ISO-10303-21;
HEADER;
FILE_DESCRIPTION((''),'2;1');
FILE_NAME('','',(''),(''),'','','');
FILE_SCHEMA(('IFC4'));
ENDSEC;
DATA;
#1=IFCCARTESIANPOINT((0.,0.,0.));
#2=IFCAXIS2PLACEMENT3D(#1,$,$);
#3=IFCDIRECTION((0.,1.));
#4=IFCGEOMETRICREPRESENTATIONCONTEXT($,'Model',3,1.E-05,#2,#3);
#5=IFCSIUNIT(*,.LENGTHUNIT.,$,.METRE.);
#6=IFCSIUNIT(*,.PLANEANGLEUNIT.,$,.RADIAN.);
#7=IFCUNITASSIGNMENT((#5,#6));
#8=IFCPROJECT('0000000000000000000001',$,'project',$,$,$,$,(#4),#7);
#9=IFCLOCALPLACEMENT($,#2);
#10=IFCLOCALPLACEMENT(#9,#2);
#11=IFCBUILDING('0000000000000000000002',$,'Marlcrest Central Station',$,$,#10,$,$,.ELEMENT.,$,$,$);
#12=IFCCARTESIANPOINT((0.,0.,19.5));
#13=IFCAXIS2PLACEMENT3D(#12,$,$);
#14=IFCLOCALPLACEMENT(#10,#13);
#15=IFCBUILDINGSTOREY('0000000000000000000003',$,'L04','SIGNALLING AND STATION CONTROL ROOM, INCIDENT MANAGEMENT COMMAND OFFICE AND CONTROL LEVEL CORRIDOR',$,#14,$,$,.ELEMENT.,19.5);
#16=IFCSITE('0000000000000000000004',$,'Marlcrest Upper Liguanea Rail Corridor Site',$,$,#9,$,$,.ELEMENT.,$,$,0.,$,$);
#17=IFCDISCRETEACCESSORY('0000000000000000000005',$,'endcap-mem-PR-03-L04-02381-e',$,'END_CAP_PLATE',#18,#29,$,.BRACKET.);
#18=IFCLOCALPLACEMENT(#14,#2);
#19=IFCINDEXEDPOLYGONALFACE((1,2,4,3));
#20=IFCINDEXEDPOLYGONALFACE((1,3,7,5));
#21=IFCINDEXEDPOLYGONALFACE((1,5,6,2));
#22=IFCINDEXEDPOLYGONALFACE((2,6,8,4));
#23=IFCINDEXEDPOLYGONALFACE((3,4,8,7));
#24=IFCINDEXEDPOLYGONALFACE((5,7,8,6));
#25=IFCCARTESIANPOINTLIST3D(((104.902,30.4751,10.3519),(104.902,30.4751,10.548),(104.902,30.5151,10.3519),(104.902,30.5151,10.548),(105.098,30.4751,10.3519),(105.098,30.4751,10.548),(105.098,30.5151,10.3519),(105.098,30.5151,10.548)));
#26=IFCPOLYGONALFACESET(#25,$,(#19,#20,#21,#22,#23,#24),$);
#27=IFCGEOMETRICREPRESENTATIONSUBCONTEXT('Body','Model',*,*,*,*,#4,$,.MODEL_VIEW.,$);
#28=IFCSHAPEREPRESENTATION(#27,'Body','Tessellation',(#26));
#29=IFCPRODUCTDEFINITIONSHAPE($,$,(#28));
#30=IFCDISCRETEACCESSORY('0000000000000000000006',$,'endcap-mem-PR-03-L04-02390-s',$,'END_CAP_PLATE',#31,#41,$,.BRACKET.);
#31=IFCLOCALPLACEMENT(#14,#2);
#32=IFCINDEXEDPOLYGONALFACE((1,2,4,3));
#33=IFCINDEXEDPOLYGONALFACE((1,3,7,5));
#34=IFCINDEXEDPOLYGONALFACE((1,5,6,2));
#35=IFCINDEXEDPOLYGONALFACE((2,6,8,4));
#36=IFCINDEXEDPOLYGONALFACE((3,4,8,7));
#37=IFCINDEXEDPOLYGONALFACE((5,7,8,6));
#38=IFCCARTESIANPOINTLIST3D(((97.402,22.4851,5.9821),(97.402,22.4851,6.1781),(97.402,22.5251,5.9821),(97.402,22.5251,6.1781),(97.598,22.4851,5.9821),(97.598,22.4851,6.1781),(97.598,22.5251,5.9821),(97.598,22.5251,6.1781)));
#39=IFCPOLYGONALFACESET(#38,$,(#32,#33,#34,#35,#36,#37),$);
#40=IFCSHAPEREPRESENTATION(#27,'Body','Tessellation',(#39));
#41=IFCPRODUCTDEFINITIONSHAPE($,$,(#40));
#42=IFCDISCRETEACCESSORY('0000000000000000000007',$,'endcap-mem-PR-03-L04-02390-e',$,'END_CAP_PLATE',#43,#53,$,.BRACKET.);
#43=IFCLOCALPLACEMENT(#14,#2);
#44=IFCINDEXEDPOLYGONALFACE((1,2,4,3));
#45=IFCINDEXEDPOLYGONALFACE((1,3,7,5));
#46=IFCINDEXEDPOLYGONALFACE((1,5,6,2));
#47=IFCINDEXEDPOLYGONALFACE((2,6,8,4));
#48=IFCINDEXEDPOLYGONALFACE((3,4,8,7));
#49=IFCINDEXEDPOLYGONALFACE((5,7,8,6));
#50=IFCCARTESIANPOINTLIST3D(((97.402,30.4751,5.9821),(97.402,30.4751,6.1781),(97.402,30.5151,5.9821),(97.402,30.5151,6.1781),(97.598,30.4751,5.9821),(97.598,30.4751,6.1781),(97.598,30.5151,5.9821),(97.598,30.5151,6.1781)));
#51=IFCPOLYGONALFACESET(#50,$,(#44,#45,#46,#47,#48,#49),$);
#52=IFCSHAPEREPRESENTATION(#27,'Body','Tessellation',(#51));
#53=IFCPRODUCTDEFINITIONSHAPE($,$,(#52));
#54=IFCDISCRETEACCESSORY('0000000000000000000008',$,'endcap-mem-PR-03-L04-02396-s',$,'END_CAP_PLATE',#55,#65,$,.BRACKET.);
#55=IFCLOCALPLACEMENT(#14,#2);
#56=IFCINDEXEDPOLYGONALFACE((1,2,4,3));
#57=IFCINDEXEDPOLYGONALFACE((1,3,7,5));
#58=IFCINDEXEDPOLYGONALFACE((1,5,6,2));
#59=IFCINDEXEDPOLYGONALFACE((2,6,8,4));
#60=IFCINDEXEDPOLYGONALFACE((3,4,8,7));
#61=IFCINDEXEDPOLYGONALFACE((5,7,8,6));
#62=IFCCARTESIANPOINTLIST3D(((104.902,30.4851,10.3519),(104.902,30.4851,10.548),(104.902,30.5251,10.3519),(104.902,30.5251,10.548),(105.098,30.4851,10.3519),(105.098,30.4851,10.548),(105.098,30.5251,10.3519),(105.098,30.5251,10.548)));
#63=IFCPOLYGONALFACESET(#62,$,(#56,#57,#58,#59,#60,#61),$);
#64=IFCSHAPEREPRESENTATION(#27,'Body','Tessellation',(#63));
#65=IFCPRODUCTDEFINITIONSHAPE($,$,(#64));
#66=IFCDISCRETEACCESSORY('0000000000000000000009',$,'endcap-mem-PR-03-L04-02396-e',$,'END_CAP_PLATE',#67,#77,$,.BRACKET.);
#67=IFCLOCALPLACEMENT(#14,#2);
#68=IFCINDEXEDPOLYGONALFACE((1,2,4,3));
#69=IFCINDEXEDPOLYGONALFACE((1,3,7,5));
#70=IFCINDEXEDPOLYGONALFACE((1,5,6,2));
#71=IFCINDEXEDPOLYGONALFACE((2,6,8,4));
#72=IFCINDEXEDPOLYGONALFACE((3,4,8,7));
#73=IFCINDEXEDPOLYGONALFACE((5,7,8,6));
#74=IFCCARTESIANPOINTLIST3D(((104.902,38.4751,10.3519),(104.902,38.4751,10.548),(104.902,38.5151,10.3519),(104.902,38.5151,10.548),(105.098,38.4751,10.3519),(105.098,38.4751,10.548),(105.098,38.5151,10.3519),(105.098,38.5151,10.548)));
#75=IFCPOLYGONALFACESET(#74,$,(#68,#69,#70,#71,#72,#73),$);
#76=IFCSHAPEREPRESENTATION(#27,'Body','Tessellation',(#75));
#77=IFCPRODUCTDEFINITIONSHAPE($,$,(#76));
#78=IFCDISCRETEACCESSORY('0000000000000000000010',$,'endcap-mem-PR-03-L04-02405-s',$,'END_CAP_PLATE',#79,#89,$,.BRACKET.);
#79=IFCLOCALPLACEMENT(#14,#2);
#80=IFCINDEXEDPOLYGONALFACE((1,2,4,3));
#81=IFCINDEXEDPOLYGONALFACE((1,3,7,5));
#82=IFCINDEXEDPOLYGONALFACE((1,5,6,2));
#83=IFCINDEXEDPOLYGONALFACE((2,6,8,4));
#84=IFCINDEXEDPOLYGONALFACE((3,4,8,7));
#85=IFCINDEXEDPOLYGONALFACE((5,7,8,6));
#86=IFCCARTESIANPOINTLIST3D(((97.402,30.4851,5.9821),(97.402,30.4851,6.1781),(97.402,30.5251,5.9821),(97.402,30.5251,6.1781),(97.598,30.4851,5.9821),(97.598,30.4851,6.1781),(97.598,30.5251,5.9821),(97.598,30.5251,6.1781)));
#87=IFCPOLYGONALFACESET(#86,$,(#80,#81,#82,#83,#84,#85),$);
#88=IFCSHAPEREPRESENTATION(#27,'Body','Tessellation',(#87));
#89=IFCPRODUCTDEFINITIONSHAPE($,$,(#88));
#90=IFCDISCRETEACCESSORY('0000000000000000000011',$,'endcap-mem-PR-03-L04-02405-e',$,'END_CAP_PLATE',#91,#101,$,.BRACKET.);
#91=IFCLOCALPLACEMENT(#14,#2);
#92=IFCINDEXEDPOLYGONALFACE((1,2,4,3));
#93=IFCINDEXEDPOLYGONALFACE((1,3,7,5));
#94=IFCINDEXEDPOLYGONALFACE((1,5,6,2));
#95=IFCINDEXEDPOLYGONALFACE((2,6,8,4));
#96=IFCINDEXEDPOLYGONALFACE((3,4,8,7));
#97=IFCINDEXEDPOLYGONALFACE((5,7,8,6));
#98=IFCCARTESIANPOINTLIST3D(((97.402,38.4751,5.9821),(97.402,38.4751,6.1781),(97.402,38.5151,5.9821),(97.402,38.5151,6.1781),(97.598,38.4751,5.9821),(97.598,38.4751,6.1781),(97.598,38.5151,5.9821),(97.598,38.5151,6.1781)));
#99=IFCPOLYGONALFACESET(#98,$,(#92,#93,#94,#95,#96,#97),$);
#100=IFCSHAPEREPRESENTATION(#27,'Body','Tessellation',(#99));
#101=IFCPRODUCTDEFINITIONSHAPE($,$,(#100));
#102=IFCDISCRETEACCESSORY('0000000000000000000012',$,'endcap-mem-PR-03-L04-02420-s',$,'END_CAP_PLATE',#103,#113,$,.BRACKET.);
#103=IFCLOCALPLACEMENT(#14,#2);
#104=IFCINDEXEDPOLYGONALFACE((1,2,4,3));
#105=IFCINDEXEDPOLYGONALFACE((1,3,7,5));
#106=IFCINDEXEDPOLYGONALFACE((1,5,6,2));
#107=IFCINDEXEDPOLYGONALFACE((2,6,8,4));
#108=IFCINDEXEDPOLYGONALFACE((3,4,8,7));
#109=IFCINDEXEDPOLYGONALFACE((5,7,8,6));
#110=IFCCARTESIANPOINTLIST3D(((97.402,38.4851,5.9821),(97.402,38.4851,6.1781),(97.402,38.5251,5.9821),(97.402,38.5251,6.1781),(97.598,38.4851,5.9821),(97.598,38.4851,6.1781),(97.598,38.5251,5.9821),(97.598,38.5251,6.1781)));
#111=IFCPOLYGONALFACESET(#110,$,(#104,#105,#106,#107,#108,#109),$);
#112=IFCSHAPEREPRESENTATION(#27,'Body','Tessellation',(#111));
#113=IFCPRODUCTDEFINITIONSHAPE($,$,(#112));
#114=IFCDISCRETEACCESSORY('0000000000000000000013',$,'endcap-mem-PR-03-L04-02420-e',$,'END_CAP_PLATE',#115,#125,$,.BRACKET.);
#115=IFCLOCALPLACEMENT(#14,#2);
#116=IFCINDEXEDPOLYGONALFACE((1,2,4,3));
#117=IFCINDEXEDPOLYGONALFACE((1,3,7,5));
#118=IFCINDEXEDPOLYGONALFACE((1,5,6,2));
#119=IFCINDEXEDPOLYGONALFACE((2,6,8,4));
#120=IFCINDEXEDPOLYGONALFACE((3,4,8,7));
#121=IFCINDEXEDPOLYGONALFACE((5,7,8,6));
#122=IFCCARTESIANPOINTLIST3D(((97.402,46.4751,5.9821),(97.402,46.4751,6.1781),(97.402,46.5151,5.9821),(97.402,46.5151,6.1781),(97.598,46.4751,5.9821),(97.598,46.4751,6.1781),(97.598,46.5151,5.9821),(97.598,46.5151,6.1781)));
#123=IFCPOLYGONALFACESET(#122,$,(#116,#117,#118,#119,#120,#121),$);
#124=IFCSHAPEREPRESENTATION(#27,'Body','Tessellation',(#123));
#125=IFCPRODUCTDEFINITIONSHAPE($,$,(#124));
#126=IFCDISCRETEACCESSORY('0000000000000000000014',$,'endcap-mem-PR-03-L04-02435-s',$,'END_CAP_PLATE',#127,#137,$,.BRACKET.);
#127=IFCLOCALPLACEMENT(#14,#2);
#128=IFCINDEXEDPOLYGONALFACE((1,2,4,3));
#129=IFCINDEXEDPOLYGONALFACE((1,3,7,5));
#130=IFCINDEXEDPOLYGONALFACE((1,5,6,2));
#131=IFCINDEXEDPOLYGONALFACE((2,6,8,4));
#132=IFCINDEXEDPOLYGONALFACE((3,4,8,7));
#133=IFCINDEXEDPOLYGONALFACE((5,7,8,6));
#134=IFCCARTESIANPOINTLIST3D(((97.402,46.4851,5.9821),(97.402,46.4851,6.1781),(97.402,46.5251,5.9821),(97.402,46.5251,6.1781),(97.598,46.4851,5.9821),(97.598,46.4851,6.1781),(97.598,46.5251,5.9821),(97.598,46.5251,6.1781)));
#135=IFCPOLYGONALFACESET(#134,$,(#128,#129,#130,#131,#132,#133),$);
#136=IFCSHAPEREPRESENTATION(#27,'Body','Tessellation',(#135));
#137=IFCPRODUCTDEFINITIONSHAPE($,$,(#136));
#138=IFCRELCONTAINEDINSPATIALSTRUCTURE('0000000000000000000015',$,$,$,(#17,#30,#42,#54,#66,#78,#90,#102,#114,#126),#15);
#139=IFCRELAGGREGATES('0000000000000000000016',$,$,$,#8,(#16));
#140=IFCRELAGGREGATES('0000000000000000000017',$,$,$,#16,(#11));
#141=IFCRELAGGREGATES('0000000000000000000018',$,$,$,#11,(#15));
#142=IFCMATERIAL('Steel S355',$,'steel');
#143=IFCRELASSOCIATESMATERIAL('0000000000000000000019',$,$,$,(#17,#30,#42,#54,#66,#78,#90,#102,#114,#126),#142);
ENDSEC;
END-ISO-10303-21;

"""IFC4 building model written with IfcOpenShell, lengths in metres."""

from ifc_helpers import new_model, si_unit, direction, frame, origin, origin_2d, place, context, subcontext, project, spatial, rectangle, extrude, material, element, save


model = new_model("IFC4")

# Units and contexts
model_context = context("Model", 3, precision=1e-05, world=origin(), true_north=direction((0.0, 1.0)))
body_context = subcontext(model_context, "Body", "Model", "MODEL_VIEW")
ifc_project = project(units=[si_unit("LENGTHUNIT", "METRE"), si_unit("PLANEANGLEUNIT", "RADIAN")], contexts=[model_context])

# Site, building, storey
site_placement = place(None, origin())
site = spatial("IfcSite", under=ifc_project, at=site_placement, Name="Marlcrest Upper Liguanea Rail Corridor Site", CompositionType="ELEMENT", RefElevation=0.0)
building_placement = place(site_placement, origin())
building = spatial("IfcBuilding", under=site, at=building_placement, Name="Marlcrest Central Station", CompositionType="ELEMENT")
storey_placement = place(building_placement, frame((0.0, 0.0, 19.5)))
storey = spatial("IfcBuildingStorey", under=building, at=storey_placement, Name="L04", Description="SIGNALLING AND STATION CONTROL ROOM, INCIDENT MANAGEMENT COMMAND OFFICE AND CONTROL LEVEL CORRIDOR", CompositionType="ELEMENT", Elevation=19.5)

# Discrete accessories
ifc_material_1 = material(Name="Steel S355", Category="steel")
for number, where, z_axis, x_axis, name in (
    (1, (105.0, 30.4751, 10.45), (0.0, 1.0, 0.0), (-1.0, 0.0, 0.0), "endcap-mem-PR-03-L04-02381-e"),
    (2, (97.5, 22.4851, 6.0801), (0.0, 1.0, 0.0), (-1.0, 0.0, 0.0), "endcap-mem-PR-03-L04-02390-s"),
    (3, (97.5, 30.4751, 6.0801), (0.0, 1.0, 0.0), (-1.0, 0.0, 0.0), "endcap-mem-PR-03-L04-02390-e"),
    (4, (105.0, 30.4851, 10.45), (0.0, 1.0, 0.0), (-1.0, 0.0, 0.0), "endcap-mem-PR-03-L04-02396-s"),
    (5, (105.0, 38.4751, 10.45), (0.0, 1.0, 0.0), (-1.0, 0.0, 0.0), "endcap-mem-PR-03-L04-02396-e"),
    (6, (97.5, 30.4851, 6.0801), (0.0, 1.0, 0.0), (-1.0, 0.0, 0.0), "endcap-mem-PR-03-L04-02405-s"),
    (7, (97.5, 38.4751, 6.0801), (0.0, 1.0, 0.0), (-1.0, 0.0, 0.0), "endcap-mem-PR-03-L04-02405-e"),
    (8, (97.5, 38.4851, 6.0801), (0.0, 1.0, 0.0), (-1.0, 0.0, 0.0), "endcap-mem-PR-03-L04-02420-s"),
    (9, (97.5, 46.4751, 6.0801), (0.0, 1.0, 0.0), (-1.0, 0.0, 0.0), "endcap-mem-PR-03-L04-02420-e"),
    (10, (97.5, 46.4851, 6.0801), (0.0, 1.0, 0.0), (-1.0, 0.0, 0.0), "endcap-mem-PR-03-L04-02435-s"),
):
    element("IfcDiscreteAccessory", number, at=place(storey_placement, frame(where, z_axis=z_axis, x_axis=x_axis)), inside=storey, material=ifc_material_1, Name=name, ObjectType="END_CAP_PLATE", PredefinedType="BRACKET", context=body_context, shape_type="SweptSolid", body=[
        extrude(rectangle(XDim=0.196, YDim=0.196, at=origin_2d()), origin(), (0.0, 0.0, 1.0), 0.04),
    ])

save(model, "model.ifc")
